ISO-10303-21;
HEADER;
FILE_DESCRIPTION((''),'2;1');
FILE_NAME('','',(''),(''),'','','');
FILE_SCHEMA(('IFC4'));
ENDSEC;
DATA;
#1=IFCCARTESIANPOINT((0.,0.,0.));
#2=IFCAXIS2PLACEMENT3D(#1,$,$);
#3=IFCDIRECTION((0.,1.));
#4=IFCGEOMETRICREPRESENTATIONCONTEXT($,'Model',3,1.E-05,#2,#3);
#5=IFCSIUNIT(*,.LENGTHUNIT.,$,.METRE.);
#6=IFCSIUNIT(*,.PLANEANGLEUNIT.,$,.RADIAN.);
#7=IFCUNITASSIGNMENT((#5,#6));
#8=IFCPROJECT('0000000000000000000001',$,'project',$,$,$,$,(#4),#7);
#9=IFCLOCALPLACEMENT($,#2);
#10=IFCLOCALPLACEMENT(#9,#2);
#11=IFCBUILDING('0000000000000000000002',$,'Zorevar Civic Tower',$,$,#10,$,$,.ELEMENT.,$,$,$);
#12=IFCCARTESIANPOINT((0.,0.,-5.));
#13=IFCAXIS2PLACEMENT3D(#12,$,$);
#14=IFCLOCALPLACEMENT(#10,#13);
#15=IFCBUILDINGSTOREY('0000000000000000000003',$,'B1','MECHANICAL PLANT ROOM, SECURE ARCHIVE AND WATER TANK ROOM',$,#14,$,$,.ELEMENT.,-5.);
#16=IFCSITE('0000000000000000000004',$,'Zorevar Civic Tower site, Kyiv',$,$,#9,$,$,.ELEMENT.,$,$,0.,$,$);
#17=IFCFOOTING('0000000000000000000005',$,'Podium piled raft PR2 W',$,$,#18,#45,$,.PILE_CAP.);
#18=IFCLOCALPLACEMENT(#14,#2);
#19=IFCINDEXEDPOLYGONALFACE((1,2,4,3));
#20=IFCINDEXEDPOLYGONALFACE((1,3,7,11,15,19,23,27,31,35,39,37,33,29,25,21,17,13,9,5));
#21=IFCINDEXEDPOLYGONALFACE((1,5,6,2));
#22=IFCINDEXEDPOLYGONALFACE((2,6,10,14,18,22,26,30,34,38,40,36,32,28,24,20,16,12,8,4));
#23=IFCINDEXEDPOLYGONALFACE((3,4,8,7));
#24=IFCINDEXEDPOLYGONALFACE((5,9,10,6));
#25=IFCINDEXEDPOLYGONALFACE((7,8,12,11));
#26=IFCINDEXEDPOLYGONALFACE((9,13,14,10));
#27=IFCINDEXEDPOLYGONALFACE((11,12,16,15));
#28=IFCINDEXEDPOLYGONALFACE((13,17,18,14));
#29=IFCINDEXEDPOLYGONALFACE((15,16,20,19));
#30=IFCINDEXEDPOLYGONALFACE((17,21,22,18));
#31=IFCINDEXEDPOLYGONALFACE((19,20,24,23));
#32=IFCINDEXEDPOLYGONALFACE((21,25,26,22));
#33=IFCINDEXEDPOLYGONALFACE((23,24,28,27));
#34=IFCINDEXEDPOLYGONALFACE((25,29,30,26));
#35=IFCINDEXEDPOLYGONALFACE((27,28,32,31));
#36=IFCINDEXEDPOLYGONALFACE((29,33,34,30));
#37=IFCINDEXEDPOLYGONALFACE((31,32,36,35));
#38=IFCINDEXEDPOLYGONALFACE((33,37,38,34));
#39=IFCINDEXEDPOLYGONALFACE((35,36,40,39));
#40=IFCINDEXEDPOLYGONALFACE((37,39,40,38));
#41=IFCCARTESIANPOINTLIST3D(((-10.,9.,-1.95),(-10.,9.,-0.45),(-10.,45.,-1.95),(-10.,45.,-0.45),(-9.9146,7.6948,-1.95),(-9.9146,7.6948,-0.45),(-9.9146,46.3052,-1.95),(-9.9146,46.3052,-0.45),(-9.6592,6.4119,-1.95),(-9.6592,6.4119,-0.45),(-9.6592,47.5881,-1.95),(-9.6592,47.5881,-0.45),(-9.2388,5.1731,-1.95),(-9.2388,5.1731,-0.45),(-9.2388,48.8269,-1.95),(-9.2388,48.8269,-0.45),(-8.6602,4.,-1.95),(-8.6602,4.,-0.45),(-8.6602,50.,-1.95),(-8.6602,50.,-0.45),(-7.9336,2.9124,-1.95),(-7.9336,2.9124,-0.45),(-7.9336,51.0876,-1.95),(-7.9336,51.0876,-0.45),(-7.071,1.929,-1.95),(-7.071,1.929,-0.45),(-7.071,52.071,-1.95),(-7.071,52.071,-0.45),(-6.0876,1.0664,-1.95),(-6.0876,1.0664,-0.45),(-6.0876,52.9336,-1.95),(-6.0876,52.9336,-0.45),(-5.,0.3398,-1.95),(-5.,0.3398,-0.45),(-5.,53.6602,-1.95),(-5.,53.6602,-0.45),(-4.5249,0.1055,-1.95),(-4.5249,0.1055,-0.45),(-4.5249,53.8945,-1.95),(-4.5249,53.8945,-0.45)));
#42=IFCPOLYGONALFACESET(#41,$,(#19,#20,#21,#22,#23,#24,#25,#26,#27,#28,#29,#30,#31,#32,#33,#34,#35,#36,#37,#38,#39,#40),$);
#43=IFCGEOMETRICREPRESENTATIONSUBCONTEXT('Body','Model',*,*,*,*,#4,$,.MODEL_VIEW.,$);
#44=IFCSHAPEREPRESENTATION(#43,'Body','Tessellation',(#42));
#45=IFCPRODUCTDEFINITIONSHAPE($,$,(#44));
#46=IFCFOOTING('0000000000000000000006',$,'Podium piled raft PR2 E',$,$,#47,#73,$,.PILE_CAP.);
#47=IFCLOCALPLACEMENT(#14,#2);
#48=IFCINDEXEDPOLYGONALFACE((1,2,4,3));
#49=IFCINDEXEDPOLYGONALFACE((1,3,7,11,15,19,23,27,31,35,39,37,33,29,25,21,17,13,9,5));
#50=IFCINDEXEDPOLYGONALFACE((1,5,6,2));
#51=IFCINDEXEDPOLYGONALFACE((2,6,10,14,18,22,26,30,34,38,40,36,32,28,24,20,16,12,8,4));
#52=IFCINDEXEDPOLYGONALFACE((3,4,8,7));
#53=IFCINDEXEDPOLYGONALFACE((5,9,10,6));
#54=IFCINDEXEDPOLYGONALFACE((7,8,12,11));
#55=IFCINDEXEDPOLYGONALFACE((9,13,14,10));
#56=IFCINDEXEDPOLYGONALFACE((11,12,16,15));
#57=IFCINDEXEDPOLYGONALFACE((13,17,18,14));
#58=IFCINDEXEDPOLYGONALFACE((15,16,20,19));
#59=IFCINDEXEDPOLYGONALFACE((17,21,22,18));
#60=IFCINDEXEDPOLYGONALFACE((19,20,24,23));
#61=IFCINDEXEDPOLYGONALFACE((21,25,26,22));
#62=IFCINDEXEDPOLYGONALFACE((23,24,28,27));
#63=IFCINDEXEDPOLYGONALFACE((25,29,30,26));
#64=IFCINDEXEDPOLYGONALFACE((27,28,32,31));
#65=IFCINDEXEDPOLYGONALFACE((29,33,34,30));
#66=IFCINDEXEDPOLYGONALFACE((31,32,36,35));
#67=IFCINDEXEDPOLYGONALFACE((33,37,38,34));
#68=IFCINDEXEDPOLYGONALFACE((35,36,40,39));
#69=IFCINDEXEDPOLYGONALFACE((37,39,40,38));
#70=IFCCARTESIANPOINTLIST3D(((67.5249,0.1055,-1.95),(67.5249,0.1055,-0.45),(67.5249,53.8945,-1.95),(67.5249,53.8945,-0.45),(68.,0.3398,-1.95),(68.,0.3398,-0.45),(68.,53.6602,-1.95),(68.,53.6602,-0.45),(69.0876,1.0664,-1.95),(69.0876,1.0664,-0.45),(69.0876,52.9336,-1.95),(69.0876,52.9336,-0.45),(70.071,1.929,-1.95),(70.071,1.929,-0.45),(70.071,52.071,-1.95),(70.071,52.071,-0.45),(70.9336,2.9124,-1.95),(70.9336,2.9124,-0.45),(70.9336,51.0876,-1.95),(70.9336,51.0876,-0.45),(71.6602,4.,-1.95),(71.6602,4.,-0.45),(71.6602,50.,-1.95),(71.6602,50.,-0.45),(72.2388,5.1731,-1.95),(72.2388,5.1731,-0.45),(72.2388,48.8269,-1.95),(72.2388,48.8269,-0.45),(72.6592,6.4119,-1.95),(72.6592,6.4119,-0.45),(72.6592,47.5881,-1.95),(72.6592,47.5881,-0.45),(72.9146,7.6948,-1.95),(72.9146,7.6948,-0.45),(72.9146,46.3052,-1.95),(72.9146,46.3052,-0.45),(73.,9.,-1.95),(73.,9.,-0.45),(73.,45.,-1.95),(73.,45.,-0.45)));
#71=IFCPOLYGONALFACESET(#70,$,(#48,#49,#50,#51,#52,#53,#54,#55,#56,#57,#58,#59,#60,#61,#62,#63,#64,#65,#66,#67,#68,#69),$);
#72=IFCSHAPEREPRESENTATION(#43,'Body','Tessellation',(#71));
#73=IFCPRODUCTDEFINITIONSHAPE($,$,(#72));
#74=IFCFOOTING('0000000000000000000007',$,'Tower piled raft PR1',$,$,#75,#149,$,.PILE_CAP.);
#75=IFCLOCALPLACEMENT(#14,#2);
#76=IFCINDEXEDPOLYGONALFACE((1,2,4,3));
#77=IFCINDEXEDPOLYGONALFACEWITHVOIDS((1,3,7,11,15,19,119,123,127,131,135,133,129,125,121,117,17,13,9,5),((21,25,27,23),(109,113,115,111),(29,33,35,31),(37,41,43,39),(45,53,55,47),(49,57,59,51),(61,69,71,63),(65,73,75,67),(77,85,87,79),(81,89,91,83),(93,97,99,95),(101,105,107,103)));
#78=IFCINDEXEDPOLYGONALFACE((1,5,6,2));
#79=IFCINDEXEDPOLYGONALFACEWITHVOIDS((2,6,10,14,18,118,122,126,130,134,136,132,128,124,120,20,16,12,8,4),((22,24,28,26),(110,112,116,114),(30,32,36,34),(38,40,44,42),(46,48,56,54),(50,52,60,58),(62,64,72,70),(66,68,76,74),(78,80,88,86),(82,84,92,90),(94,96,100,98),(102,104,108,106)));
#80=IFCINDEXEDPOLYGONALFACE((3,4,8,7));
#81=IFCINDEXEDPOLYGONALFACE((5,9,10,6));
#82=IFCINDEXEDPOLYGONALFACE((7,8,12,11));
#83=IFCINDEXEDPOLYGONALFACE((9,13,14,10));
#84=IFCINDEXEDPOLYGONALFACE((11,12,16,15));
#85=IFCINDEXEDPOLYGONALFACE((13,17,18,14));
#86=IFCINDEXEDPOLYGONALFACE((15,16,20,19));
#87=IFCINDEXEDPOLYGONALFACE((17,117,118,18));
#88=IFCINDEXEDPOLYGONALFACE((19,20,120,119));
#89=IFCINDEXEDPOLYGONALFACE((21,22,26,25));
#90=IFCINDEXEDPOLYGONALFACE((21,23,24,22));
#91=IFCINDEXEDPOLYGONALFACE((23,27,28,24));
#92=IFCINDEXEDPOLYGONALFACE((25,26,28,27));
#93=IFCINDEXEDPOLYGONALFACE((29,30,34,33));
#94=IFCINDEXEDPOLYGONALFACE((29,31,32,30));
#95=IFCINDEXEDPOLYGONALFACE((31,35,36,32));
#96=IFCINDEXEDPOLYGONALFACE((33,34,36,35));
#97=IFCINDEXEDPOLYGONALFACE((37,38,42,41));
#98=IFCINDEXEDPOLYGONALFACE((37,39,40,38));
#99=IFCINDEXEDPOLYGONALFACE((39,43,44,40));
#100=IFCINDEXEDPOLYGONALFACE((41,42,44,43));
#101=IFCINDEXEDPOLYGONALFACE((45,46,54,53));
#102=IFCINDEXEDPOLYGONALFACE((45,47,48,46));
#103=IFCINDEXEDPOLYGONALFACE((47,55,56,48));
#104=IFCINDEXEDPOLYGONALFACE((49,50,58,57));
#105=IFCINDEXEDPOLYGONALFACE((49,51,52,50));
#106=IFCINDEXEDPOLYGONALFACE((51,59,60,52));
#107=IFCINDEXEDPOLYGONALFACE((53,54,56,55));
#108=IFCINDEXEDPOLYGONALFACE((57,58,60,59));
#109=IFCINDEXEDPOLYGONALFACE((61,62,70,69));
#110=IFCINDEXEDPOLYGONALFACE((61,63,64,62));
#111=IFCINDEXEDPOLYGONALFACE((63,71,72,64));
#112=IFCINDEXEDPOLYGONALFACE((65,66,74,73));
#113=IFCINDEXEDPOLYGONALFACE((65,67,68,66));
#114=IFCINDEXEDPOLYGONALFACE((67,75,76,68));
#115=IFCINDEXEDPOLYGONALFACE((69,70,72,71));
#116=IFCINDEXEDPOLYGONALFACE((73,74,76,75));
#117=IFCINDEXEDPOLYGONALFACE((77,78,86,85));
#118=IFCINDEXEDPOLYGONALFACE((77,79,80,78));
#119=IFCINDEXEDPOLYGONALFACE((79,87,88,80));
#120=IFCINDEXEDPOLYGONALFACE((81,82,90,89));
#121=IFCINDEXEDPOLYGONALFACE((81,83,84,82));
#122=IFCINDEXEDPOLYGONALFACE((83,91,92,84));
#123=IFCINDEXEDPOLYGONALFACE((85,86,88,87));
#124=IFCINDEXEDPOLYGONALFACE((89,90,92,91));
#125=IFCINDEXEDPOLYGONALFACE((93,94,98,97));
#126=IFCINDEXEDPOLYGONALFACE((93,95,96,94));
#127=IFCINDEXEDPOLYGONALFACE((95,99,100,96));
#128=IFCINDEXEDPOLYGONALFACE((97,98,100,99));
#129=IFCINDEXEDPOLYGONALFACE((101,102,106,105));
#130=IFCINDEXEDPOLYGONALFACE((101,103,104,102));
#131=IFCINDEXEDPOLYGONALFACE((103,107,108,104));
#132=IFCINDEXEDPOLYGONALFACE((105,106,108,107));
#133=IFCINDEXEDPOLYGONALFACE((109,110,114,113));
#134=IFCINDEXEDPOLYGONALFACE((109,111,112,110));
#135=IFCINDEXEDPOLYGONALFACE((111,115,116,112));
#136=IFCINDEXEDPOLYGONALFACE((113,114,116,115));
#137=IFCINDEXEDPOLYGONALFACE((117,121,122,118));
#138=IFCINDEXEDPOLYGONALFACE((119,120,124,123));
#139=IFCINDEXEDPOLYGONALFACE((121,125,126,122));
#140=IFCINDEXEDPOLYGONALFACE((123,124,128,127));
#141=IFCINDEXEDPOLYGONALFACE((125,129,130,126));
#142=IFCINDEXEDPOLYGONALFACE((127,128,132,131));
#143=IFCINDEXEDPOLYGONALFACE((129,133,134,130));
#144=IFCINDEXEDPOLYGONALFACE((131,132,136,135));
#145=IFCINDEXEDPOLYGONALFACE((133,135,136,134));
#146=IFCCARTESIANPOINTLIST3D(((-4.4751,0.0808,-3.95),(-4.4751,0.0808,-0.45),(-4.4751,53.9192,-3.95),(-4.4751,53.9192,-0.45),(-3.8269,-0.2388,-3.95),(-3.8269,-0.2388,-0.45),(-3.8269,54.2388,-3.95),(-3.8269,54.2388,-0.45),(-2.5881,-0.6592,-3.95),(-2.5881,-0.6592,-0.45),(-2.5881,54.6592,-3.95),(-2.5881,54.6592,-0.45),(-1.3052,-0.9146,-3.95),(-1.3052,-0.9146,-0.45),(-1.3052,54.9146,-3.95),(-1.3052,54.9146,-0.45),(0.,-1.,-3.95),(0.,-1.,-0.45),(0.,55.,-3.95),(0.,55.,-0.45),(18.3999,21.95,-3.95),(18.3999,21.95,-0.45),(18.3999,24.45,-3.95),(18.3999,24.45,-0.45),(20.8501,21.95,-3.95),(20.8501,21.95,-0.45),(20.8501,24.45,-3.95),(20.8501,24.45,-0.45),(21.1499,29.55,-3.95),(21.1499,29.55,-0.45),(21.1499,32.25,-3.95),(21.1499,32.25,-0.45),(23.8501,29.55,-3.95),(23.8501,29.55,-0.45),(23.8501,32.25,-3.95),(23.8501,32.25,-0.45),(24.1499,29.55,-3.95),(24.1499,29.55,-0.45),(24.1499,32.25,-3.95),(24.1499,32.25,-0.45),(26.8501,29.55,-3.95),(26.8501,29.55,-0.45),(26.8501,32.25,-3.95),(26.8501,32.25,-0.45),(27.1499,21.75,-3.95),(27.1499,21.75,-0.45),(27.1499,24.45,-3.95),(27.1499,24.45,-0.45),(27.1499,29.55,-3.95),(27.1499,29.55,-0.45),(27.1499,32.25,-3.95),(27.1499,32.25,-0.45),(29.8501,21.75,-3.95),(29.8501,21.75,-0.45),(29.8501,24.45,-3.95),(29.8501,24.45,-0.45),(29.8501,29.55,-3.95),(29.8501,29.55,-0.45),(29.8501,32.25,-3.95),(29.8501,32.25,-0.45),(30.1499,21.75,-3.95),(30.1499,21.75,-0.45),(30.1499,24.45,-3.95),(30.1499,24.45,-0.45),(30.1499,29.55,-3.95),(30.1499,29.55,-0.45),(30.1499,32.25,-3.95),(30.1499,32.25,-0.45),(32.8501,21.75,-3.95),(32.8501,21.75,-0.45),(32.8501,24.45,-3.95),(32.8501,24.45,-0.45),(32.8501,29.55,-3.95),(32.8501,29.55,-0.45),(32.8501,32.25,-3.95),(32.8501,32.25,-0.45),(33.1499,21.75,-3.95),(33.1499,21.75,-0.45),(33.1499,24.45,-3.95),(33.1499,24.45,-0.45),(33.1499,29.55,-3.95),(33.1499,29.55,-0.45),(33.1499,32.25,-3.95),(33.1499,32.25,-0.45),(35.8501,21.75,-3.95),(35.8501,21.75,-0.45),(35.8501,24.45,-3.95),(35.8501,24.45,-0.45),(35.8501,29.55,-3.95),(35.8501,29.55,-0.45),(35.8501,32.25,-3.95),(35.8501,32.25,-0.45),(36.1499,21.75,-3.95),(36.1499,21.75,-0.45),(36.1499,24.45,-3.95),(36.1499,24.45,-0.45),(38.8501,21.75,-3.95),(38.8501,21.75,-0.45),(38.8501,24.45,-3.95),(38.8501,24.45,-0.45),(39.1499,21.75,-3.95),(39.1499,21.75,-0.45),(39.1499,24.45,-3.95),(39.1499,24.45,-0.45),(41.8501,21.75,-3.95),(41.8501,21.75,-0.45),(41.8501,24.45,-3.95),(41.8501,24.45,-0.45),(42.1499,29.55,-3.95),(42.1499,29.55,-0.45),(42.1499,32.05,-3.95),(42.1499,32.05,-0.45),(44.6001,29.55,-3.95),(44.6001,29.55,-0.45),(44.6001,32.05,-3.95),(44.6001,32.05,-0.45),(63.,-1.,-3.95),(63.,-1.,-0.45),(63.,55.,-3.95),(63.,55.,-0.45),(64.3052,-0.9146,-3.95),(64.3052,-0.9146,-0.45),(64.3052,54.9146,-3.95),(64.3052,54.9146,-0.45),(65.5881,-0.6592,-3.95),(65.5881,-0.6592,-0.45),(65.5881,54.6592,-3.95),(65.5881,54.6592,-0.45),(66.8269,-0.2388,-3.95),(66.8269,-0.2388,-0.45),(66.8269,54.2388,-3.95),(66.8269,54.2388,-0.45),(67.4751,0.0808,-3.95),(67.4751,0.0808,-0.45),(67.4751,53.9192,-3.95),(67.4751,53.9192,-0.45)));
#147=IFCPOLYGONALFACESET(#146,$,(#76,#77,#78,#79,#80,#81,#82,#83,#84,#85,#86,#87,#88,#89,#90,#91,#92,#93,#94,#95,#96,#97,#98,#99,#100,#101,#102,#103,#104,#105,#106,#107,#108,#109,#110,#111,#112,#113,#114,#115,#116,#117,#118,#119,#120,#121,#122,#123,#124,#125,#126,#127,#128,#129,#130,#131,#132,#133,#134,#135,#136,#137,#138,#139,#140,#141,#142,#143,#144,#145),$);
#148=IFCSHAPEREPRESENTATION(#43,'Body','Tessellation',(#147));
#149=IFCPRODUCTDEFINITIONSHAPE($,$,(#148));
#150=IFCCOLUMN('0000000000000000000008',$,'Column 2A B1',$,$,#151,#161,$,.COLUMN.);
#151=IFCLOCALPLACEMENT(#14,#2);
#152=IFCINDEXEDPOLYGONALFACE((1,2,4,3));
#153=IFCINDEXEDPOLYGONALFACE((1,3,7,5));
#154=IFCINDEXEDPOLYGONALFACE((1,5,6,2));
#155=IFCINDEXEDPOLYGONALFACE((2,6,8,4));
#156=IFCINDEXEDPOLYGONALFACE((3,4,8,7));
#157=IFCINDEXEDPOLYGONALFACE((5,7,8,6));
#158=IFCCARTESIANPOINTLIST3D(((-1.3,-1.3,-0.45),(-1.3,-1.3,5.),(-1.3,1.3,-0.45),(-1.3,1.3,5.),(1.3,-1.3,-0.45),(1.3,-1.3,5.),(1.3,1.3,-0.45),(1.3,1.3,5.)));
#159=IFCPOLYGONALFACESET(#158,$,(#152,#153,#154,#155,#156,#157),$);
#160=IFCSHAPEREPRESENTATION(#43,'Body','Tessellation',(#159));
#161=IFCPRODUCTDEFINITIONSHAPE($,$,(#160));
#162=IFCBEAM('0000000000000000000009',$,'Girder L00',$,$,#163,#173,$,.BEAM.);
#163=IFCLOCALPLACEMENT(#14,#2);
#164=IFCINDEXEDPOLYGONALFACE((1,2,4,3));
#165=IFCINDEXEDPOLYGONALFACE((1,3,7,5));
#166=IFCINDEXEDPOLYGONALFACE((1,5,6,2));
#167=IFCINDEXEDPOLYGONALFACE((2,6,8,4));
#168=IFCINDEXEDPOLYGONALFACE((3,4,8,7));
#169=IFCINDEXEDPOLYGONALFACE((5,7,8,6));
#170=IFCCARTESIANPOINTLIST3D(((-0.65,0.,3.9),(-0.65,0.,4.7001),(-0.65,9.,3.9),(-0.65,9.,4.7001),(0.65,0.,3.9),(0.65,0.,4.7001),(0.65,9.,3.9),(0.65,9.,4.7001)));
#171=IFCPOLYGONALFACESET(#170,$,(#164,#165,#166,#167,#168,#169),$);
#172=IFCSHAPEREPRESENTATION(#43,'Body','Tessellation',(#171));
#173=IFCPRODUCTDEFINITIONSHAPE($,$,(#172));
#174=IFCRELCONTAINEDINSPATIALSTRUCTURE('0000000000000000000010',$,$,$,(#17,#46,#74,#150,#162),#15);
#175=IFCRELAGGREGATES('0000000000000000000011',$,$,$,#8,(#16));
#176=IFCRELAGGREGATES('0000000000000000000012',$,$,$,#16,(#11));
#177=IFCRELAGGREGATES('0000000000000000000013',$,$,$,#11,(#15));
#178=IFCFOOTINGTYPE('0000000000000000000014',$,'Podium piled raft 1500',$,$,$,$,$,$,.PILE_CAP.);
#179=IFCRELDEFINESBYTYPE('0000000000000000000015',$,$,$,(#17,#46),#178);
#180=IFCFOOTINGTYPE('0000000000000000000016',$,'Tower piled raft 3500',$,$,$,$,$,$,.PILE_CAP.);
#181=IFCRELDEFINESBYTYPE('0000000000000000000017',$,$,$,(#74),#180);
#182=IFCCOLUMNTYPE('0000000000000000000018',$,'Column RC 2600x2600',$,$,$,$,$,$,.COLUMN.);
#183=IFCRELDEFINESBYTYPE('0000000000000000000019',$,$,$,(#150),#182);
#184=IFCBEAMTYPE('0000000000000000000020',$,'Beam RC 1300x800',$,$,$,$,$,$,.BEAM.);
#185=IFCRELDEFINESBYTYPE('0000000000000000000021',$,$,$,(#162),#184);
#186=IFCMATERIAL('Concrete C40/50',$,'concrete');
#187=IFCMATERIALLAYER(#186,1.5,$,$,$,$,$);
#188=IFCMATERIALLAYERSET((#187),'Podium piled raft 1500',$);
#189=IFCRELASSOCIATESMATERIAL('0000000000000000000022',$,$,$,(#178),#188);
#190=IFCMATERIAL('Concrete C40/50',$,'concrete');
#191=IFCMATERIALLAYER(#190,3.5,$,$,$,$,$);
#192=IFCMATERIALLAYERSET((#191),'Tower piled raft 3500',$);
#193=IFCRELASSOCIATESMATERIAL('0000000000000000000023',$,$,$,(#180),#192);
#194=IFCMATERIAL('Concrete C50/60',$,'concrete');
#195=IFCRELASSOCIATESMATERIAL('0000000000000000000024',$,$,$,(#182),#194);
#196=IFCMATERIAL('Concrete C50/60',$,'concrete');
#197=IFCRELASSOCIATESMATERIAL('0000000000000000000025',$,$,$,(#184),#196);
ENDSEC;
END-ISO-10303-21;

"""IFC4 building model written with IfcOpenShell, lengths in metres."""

from ifc_helpers import new_model, si_unit, direction, frame, origin, origin_2d, place, context, subcontext, project, spatial, polyline, rectangle, outline, extrude, material, layer, layer_set, material_profile, profile_set, type_object, element, save


model = new_model("IFC4")

# Units and contexts
model_context = context("Model", 3, precision=1e-05, world=origin(), true_north=direction((0.0, 1.0)))
body_context = subcontext(model_context, "Body", "Model", "MODEL_VIEW")
ifc_project = project(units=[si_unit("LENGTHUNIT", "METRE"), si_unit("PLANEANGLEUNIT", "RADIAN")], contexts=[model_context])

# Site, building, storey
site_placement = place(None, origin())
site = spatial("IfcSite", under=ifc_project, at=site_placement, Name="Zorevar Civic Tower site, Kyiv", CompositionType="ELEMENT", RefElevation=0.0)
building_placement = place(site_placement, origin())
building = spatial("IfcBuilding", under=site, at=building_placement, Name="Zorevar Civic Tower", CompositionType="ELEMENT")
storey_placement = place(building_placement, frame((0.0, 0.0, -5.0)))
storey = spatial("IfcBuildingStorey", under=building, at=storey_placement, Name="B1", Description="MECHANICAL PLANT ROOM, SECURE ARCHIVE AND WATER TANK ROOM", CompositionType="ELEMENT", Elevation=-5.0)

# Footings
ifc_material_1 = material(Name="Concrete C40/50", Category="concrete")
ifc_layer_1 = layer(ifc_material_1, 1.5)
ifc_layer_set_1 = layer_set([ifc_layer_1], Name="Podium piled raft 1500")
footing_type_1 = type_object("IfcFootingType", Name="Podium piled raft 1500", PredefinedType="PILE_CAP", material=ifc_layer_set_1)
footing_1_placement = place(storey_placement, frame((0.0, 0.0, -1.95)))
element("IfcFooting", 1, at=footing_1_placement, inside=storey, type_object=footing_type_1, Name="Podium piled raft PR2 W", PredefinedType="PILE_CAP", context=body_context, shape_type="SweptSolid", body=[
    extrude(outline(polyline([(-5.0, 0.3398), (-6.0876, 1.0664), (-7.071, 1.929), (-7.9336, 2.9124), (-8.6602, 4.0), (-9.2388, 5.1731), (-9.6592, 6.4119), (-9.9146, 7.6948), (-10.0, 9.0), (-10.0, 45.0), (-9.9146, 46.3052), (-9.6592, 47.5881), (-9.2388, 48.8269), (-8.6602, 50.0), (-7.9336, 51.0876), (-7.071, 52.071), (-6.0876, 52.9336), (-5.0, 53.6602), (-4.5249, 53.8945), (-4.5249, 0.1055), (-5.0, 0.3398)])), origin(), (0.0, 0.0, 1.0), 1.5),
])
footing_2_placement = place(storey_placement, frame((0.0, 0.0, -1.95)))
element("IfcFooting", 2, at=footing_2_placement, inside=storey, type_object=footing_type_1, Name="Podium piled raft PR2 E", PredefinedType="PILE_CAP", context=body_context, shape_type="SweptSolid", body=[
    extrude(outline(polyline([(68.0, 53.6602), (69.0876, 52.9336), (70.071, 52.071), (70.9336, 51.0876), (71.6602, 50.0), (72.2388, 48.8269), (72.6592, 47.5881), (72.9146, 46.3052), (73.0, 45.0), (73.0, 9.0), (72.9146, 7.6948), (72.6592, 6.4119), (72.2388, 5.1731), (71.6602, 4.0), (70.9336, 2.9124), (70.071, 1.929), (69.0876, 1.0664), (68.0, 0.3398), (67.5249, 0.1055), (67.5249, 53.8945), (68.0, 53.6602)])), origin(), (0.0, 0.0, 1.0), 1.5),
])
ifc_material_2 = material(Name="Concrete C40/50", Category="concrete")
ifc_layer_2 = layer(ifc_material_2, 3.5)
ifc_layer_set_2 = layer_set([ifc_layer_2], Name="Tower piled raft 3500")
footing_type_2 = type_object("IfcFootingType", Name="Tower piled raft 3500", PredefinedType="PILE_CAP", material=ifc_layer_set_2)
footing_3_placement = place(storey_placement, frame((0.0, 0.0, -3.95)))
element("IfcFooting", 3, at=footing_3_placement, inside=storey, type_object=footing_type_2, Name="Tower piled raft PR1", PredefinedType="PILE_CAP", context=body_context, shape_type="SweptSolid", body=[
    extrude(outline(polyline([(66.8269, -0.2388), (65.5881, -0.6592), (64.3052, -0.9146), (63.0, -1.0), (0.0, -1.0), (-1.3052, -0.9146), (-2.5881, -0.6592), (-3.8269, -0.2388), (-4.4751, 0.0808), (-4.4751, 53.9192), (-3.8269, 54.2388), (-2.5881, 54.6592), (-1.3052, 54.9146), (0.0, 55.0), (63.0, 55.0), (64.3052, 54.9146), (65.5881, 54.6592), (66.8269, 54.2388), (67.4751, 53.9192), (67.4751, 0.0808), (66.8269, -0.2388)]), holes=[polyline([(18.3999, 21.95), (20.8501, 21.95), (20.8501, 24.45), (18.3999, 24.45), (18.3999, 21.95)]), polyline([(42.1499, 29.55), (44.6001, 29.55), (44.6001, 32.05), (42.1499, 32.05), (42.1499, 29.55)]), polyline([(27.1499, 21.75), (29.8501, 21.75), (29.8501, 24.45), (27.1499, 24.45), (27.1499, 21.75)]), polyline([(33.1499, 29.55), (35.8501, 29.55), (35.8501, 32.25), (33.1499, 32.25), (33.1499, 29.55)]), polyline([(30.1499, 21.75), (32.8501, 21.75), (32.8501, 24.45), (30.1499, 24.45), (30.1499, 21.75)]), polyline([(30.1499, 29.55), (32.8501, 29.55), (32.8501, 32.25), (30.1499, 32.25), (30.1499, 29.55)]), polyline([(33.1499, 21.75), (35.8501, 21.75), (35.8501, 24.45), (33.1499, 24.45), (33.1499, 21.75)]), polyline([(27.1499, 29.55), (29.8501, 29.55), (29.8501, 32.25), (27.1499, 32.25), (27.1499, 29.55)]), polyline([(36.1499, 21.75), (38.8501, 21.75), (38.8501, 24.45), (36.1499, 24.45), (36.1499, 21.75)]), polyline([(24.1499, 29.55), (26.8501, 29.55), (26.8501, 32.25), (24.1499, 32.25), (24.1499, 29.55)]), polyline([(39.1499, 21.75), (41.8501, 21.75), (41.8501, 24.45), (39.1499, 24.45), (39.1499, 21.75)]), polyline([(21.1499, 29.55), (23.8501, 29.55), (23.8501, 32.25), (21.1499, 32.25), (21.1499, 29.55)])]), origin(), (0.0, 0.0, 1.0), 3.5),
])

# Column
ifc_material_3 = material(Name="Concrete C50/60", Category="concrete")
ifc_material_profile_1 = material_profile(ifc_material_3, rectangle(XDim=2.6001, YDim=2.6001, at=origin_2d()), Name="RC 2600x2600")
ifc_profile_set_1 = profile_set([ifc_material_profile_1], Name="Concrete C50/60")
column_type = type_object("IfcColumnType", Name="Column RC 2600x2600", PredefinedType="COLUMN", material=ifc_profile_set_1)
column_placement = place(storey_placement, frame((0.0, 0.0, -0.45), z_axis=(0.0, 0.0, 1.0), x_axis=(1.0, 0.0, 0.0)))
element("IfcColumn", 4, at=column_placement, inside=storey, type_object=column_type, Name="Column 2A B1", PredefinedType="COLUMN", context=body_context, shape_type="SweptSolid", body=[
    extrude(rectangle(XDim=2.6001, YDim=2.6001, at=origin_2d()), origin(), (0.0, 0.0, 1.0), 5.45),
])

# Beam
ifc_material_4 = material(Name="Concrete C50/60", Category="concrete")
ifc_material_profile_2 = material_profile(ifc_material_4, rectangle(XDim=1.3, YDim=0.8, at=origin_2d()), Name="RC 1300x800")
ifc_profile_set_2 = profile_set([ifc_material_profile_2], Name="Concrete C50/60")
beam_type = type_object("IfcBeamType", Name="Beam RC 1300x800", PredefinedType="BEAM", material=ifc_profile_set_2)
beam_placement = place(storey_placement, frame((0.0, 0.0, 4.3), z_axis=(0.0, 1.0, 0.0), x_axis=(-1.0, 0.0, 0.0)))
element("IfcBeam", 5, at=beam_placement, inside=storey, type_object=beam_type, Name="Girder L00", PredefinedType="BEAM", context=body_context, shape_type="SweptSolid", body=[
    extrude(rectangle(XDim=1.3, YDim=0.8, at=origin_2d()), origin(), (0.0, 0.0, 1.0), 9.0),
])

save(model, "model.ifc")
